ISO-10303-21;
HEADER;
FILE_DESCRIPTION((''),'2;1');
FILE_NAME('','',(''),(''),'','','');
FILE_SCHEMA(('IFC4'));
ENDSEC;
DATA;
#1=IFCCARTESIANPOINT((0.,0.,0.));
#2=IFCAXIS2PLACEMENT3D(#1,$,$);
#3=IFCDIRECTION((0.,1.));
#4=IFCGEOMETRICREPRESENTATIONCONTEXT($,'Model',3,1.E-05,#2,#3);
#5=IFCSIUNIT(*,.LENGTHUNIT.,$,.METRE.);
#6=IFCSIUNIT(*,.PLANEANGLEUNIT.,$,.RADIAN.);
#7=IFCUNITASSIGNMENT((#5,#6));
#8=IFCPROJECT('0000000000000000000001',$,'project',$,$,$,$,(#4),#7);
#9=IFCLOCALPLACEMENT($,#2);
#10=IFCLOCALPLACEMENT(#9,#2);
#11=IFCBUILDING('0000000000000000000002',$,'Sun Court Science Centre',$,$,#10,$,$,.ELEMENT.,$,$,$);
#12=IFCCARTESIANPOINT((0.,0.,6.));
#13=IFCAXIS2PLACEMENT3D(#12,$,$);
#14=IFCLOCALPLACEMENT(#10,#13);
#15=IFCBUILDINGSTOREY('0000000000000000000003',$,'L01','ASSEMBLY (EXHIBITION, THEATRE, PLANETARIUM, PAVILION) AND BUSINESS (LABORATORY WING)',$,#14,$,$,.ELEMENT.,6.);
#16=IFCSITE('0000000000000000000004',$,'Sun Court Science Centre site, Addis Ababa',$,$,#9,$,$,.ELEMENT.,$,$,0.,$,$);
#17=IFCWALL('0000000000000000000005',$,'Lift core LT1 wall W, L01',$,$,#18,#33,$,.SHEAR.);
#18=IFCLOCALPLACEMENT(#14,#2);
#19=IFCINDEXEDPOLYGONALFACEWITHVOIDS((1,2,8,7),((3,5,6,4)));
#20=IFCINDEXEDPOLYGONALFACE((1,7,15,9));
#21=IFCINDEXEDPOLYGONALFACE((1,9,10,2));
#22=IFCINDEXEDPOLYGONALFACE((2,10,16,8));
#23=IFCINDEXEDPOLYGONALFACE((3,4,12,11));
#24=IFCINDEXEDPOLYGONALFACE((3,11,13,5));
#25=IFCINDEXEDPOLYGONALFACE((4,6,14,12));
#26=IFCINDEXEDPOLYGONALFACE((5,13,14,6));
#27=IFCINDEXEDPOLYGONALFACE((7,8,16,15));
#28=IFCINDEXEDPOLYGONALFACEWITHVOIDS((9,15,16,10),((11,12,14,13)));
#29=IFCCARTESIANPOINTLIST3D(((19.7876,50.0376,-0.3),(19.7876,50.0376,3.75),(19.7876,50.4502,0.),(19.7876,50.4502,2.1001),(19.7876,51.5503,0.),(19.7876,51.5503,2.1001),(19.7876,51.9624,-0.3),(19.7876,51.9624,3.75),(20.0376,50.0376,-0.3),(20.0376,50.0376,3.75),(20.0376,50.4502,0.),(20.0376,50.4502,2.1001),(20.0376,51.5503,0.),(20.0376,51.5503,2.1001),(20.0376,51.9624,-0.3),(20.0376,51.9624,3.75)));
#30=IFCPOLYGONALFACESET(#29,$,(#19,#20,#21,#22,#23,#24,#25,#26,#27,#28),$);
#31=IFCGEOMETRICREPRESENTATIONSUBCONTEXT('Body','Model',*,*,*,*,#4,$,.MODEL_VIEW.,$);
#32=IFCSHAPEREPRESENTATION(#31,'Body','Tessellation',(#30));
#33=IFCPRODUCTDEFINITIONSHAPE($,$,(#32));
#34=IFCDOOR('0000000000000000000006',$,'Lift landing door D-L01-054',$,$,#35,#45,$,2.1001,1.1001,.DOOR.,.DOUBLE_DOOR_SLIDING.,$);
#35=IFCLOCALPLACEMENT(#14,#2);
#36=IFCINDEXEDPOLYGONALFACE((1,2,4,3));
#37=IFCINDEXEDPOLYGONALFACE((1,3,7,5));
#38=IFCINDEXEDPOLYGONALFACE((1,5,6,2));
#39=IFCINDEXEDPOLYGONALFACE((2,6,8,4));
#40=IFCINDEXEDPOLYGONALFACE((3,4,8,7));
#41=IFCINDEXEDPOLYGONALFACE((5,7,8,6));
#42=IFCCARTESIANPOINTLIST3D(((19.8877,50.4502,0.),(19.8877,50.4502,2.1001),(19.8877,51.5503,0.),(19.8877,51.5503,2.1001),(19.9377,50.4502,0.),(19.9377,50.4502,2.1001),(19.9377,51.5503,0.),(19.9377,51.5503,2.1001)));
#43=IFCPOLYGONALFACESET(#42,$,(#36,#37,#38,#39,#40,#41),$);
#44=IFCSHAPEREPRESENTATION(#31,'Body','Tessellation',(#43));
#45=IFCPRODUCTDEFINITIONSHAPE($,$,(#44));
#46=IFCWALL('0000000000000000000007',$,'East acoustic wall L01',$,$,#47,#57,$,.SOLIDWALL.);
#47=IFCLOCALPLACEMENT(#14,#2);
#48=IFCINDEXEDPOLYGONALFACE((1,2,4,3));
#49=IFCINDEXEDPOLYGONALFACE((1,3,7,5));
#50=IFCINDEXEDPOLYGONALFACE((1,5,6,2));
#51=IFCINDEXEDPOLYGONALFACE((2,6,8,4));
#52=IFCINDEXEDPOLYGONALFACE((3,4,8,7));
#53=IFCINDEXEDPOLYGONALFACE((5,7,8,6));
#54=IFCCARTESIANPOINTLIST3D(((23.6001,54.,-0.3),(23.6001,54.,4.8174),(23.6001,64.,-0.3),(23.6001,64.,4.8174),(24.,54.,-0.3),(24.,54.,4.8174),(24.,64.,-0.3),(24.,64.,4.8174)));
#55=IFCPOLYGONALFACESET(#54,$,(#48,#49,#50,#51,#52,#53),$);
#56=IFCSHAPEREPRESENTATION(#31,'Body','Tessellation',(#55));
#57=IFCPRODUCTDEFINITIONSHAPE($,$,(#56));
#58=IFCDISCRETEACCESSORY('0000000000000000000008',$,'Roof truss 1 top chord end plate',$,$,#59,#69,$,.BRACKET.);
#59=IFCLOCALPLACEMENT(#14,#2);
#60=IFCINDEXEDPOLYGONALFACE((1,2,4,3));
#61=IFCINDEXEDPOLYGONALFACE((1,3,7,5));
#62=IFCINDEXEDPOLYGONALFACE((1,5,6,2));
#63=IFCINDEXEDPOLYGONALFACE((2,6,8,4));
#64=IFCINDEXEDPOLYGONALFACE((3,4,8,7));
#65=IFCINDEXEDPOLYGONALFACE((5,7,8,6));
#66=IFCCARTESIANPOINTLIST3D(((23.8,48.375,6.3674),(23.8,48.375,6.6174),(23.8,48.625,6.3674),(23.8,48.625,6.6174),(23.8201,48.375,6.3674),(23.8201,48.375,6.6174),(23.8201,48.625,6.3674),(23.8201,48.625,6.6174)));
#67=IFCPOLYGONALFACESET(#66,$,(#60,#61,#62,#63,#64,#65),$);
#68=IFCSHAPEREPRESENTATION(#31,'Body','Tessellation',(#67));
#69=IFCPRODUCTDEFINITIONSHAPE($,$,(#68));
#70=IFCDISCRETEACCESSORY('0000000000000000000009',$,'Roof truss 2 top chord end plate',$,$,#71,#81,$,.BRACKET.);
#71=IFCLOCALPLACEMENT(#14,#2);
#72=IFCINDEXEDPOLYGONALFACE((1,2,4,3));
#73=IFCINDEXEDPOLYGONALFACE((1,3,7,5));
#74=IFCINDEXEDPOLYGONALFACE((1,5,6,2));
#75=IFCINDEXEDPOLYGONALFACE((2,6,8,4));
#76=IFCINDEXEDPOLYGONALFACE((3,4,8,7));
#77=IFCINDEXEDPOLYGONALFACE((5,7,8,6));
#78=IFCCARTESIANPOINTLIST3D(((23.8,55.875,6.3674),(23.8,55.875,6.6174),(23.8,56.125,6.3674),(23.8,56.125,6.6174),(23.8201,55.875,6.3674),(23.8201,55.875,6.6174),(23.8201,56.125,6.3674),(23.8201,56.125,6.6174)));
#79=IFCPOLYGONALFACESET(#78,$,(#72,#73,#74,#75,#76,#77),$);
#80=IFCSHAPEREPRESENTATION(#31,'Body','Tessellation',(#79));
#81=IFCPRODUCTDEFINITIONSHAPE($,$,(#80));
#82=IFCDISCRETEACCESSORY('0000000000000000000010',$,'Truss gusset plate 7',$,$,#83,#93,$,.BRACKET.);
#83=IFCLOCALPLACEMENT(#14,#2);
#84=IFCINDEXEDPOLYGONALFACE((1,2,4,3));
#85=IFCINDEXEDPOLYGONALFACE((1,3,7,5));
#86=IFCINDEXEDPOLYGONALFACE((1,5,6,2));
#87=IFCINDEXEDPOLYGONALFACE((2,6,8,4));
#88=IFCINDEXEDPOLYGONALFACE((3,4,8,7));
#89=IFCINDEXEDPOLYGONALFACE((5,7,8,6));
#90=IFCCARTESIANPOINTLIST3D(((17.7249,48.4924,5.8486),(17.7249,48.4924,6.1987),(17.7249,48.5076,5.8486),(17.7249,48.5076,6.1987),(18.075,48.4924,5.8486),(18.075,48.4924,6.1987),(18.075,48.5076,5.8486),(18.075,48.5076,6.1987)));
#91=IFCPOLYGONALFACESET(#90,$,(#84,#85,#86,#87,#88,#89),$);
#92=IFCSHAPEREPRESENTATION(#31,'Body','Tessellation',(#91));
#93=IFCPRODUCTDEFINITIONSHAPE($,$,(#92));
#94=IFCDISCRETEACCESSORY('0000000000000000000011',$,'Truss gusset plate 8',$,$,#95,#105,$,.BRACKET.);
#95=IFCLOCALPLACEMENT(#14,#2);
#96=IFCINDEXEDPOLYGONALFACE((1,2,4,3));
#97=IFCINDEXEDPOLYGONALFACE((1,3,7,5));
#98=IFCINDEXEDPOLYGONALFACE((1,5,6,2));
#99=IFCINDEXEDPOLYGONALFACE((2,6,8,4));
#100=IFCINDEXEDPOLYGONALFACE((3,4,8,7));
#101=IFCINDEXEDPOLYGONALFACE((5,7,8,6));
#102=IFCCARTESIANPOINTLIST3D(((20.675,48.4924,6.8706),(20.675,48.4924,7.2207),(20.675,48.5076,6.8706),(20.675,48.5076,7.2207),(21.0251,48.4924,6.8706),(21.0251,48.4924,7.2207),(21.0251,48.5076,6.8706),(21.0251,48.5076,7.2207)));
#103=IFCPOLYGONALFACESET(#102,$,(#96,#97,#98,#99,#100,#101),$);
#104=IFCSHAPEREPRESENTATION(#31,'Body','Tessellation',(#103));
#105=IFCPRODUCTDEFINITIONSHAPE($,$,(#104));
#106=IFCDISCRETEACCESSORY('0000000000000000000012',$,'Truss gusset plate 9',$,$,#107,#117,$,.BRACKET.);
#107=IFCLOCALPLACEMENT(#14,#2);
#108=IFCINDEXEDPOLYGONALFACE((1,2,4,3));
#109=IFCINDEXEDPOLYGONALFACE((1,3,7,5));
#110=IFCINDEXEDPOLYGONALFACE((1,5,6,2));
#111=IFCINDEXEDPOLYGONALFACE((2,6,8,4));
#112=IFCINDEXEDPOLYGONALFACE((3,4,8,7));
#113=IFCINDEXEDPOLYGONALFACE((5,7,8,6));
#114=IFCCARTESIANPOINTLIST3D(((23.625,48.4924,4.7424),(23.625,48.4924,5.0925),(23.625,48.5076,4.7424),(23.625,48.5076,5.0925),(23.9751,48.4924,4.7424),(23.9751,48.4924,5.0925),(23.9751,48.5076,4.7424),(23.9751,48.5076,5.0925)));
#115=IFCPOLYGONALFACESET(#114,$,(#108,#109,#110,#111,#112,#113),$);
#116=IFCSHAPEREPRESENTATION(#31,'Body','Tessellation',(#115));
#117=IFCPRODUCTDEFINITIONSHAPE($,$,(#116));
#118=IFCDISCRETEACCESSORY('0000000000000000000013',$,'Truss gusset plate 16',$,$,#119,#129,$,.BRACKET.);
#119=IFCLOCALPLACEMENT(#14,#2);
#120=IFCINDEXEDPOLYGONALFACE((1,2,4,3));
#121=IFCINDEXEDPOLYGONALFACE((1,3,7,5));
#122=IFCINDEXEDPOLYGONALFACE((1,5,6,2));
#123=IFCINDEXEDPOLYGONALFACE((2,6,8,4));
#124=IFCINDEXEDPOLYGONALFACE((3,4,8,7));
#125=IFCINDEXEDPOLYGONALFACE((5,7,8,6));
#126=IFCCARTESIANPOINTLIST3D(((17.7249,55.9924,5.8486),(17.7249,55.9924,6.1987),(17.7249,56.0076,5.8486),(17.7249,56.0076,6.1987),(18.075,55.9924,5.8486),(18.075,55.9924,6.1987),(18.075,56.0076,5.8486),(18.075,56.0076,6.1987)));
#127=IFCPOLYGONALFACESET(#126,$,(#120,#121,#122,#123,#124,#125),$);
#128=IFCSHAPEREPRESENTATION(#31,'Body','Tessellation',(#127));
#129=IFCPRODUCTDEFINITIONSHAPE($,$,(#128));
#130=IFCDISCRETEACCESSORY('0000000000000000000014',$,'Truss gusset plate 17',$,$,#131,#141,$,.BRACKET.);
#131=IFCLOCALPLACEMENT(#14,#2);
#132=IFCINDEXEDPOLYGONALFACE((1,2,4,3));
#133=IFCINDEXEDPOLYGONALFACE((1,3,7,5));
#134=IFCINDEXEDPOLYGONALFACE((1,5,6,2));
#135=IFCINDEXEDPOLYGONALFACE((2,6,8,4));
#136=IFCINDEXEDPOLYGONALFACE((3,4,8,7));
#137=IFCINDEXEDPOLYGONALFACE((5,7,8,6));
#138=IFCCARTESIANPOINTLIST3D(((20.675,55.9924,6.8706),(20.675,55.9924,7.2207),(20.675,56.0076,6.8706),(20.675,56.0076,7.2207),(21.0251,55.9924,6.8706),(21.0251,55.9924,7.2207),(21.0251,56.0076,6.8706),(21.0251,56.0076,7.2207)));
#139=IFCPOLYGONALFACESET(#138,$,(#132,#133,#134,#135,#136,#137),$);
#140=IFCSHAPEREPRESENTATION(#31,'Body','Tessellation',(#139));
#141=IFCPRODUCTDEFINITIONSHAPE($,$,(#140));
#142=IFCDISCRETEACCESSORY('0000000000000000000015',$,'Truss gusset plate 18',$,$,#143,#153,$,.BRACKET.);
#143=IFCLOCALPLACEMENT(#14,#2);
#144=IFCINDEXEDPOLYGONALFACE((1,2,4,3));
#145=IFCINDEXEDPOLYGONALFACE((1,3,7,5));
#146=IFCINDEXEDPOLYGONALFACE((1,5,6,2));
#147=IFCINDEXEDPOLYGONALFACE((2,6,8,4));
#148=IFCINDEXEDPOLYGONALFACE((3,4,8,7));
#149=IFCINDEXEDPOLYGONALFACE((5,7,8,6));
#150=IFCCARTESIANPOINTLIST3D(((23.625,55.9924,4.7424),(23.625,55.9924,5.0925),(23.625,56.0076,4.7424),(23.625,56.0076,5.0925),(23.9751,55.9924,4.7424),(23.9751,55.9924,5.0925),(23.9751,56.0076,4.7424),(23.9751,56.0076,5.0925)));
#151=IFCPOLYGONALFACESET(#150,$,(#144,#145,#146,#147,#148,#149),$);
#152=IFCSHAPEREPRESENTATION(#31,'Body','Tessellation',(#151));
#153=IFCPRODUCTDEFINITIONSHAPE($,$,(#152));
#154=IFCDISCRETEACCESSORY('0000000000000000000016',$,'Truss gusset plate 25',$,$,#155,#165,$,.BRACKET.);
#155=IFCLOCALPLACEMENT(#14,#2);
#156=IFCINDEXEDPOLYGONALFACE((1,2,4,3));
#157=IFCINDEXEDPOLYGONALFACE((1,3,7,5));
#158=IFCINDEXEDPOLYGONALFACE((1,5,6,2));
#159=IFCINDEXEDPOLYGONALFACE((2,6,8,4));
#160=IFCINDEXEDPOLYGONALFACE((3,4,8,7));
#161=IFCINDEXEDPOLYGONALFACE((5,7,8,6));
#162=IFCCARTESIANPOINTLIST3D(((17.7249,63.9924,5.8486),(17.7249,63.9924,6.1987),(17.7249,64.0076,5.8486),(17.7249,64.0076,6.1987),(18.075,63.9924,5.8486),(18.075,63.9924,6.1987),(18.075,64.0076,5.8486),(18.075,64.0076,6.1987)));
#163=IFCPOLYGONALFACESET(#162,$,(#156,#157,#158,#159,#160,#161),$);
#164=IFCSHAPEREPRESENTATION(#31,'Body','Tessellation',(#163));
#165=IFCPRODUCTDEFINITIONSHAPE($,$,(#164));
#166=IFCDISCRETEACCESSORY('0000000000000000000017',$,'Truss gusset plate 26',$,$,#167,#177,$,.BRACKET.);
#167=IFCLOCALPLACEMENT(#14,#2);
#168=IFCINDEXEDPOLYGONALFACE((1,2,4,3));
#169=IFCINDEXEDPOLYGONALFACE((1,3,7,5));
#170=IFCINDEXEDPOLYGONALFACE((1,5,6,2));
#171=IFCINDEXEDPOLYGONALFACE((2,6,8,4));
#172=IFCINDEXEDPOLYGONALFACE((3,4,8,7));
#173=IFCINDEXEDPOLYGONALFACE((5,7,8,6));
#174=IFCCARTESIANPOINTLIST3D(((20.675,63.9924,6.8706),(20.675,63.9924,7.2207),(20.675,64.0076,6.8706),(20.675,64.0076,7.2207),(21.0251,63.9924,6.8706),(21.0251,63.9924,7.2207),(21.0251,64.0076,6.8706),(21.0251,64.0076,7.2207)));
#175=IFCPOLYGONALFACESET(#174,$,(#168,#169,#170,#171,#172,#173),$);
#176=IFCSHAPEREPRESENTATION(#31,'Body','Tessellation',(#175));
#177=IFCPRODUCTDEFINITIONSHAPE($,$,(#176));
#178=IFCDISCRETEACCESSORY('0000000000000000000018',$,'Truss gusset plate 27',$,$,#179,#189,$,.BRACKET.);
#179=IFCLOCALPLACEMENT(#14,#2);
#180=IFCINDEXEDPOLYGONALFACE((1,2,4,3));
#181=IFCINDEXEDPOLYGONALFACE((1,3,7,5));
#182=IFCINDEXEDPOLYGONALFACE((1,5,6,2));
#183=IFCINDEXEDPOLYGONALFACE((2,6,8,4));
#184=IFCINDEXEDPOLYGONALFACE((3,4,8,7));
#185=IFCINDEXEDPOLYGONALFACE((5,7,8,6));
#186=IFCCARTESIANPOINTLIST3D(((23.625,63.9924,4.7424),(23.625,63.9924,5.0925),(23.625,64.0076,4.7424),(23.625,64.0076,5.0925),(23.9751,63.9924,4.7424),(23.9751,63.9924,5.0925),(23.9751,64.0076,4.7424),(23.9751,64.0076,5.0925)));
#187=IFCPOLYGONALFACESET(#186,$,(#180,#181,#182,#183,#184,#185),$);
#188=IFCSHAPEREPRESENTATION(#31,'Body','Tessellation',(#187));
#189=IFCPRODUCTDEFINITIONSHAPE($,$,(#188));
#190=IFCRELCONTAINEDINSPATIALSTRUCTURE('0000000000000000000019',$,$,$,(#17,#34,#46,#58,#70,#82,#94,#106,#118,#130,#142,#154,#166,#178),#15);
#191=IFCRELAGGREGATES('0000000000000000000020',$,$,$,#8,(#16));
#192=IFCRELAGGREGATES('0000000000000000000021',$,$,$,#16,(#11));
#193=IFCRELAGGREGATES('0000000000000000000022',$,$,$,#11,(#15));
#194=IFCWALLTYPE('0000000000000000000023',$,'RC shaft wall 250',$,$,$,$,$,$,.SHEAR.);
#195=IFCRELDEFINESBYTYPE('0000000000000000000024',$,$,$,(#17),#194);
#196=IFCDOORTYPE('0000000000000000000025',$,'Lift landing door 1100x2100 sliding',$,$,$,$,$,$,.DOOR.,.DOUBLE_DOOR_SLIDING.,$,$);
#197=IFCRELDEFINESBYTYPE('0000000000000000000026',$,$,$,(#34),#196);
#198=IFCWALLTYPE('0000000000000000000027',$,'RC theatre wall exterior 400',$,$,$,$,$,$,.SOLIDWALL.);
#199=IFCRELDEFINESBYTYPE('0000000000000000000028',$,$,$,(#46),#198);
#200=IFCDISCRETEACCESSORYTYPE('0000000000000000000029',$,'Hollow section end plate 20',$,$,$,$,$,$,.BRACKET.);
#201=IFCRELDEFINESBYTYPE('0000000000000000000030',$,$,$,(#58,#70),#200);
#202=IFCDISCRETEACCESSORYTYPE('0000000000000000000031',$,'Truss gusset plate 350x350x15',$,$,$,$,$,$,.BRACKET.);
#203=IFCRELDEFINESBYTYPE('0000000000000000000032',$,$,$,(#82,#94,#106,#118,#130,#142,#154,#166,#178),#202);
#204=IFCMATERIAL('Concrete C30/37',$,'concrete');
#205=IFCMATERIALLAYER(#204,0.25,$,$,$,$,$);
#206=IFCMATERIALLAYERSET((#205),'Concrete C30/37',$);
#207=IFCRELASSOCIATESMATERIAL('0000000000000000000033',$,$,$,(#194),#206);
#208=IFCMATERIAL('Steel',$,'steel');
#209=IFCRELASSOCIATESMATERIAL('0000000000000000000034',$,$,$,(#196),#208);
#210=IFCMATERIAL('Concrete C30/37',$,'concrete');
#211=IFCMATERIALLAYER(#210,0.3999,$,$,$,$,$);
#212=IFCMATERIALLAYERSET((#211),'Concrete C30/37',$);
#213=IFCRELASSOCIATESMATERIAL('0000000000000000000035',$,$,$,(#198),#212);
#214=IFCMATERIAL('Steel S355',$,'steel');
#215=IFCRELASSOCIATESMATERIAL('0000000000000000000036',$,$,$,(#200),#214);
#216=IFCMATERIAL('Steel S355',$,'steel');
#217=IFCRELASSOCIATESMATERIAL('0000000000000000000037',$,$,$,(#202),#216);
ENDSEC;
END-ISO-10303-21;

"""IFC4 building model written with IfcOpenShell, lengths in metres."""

from ifc_helpers import new_model, si_unit, direction, frame, frame_2d, origin, origin_2d, place, context, subcontext, project, spatial, rectangle, extrude, material, layer, layer_set, material_profile, profile_set, type_object, element, fill, save


model = new_model("IFC4")

# Units and contexts
model_context = context("Model", 3, precision=1e-05, world=origin(), true_north=direction((0.0, 1.0)))
body_context = subcontext(model_context, "Body", "Model", "MODEL_VIEW")
ifc_project = project(units=[si_unit("LENGTHUNIT", "METRE"), si_unit("PLANEANGLEUNIT", "RADIAN")], contexts=[model_context])

# Site, building, storey
site_placement = place(None, origin())
site = spatial("IfcSite", under=ifc_project, at=site_placement, Name="Sun Court Science Centre site, Addis Ababa", CompositionType="ELEMENT", RefElevation=0.0)
building_placement = place(site_placement, origin())
building = spatial("IfcBuilding", under=site, at=building_placement, Name="Sun Court Science Centre", CompositionType="ELEMENT")
storey_placement = place(building_placement, frame((0.0, 0.0, 6.0)))
storey = spatial("IfcBuildingStorey", under=building, at=storey_placement, Name="L01", Description="ASSEMBLY (EXHIBITION, THEATRE, PLANETARIUM, PAVILION) AND BUSINESS (LABORATORY WING)", CompositionType="ELEMENT", Elevation=6.0)

# Shared definitions
ifc_material_1 = material(Name="Concrete C30/37", Category="concrete")
ifc_layer_1 = layer(ifc_material_1, 0.25)
ifc_layer_set_1 = layer_set([ifc_layer_1], Name="Concrete C30/37")
wall_type_1 = type_object("IfcWallType", Name="RC shaft wall 250", PredefinedType="SHEAR", material=ifc_layer_set_1)

# Wall, opening, door
wall_1_placement = place(storey_placement, frame((19.9126, 50.0376, -0.3), z_axis=(0.0, 0.0, 1.0), x_axis=(0.0, 1.0, 0.0)))
wall_1 = element("IfcWall", 1, at=wall_1_placement, inside=storey, type_object=wall_type_1, Name="Lift core LT1 wall W, L01", PredefinedType="SHEAR", context=body_context, shape_type="SweptSolid", body=[
    extrude(rectangle(XDim=1.9248, YDim=0.25, at=frame_2d((0.9624, 0.0))), origin(), (0.0, 0.0, 1.0), 4.05),
])
opening_placement = place(wall_1_placement, frame((0.4126, 0.0, 0.3)))
opening = element("IfcOpeningElement", 2, at=opening_placement, cuts=wall_1, PredefinedType="OPENING", context=body_context, shape_type="SweptSolid", body=[
    extrude(rectangle(XDim=1.1001, YDim=2.1001, at=frame_2d((0.55, 1.05))), frame((0.0, 0.135, 0.0), z_axis=(0.0, -1.0, 0.0), x_axis=(1.0, 0.0, 0.0)), (0.0, 0.0, 1.0), 0.27),
])
ifc_material_2 = material(Name="Steel", Category="steel")
door_type = type_object("IfcDoorType", Name="Lift landing door 1100x2100 sliding", OperationType="DOUBLE_DOOR_SLIDING", PredefinedType="DOOR", material=ifc_material_2)
door_placement = place(opening_placement, origin())
door = element("IfcDoor", 3, at=door_placement, inside=storey, type_object=door_type, Name="Lift landing door D-L01-054", OperationType="DOUBLE_DOOR_SLIDING", OverallHeight=2.1001, OverallWidth=1.1001, PredefinedType="DOOR", context=body_context, shape_type="SweptSolid", body=[
    extrude(rectangle(XDim=1.1001, YDim=2.1001, at=frame_2d((0.55, 1.05))), frame((0.0, 0.0249, 0.0), z_axis=(0.0, -1.0, 0.0), x_axis=(1.0, 0.0, 0.0)), (0.0, 0.0, 1.0), 0.05),
])
fill(opening, door)

# Wall
ifc_material_3 = material(Name="Concrete C30/37", Category="concrete")
ifc_layer_2 = layer(ifc_material_3, 0.3999)
ifc_layer_set_2 = layer_set([ifc_layer_2], Name="Concrete C30/37")
wall_type_2 = type_object("IfcWallType", Name="RC theatre wall exterior 400", PredefinedType="SOLIDWALL", material=ifc_layer_set_2)
wall_2_placement = place(storey_placement, frame((23.8, 54.0, -0.3), z_axis=(0.0, 0.0, 1.0), x_axis=(0.0, 1.0, 0.0)))
element("IfcWall", 4, at=wall_2_placement, inside=storey, type_object=wall_type_2, Name="East acoustic wall L01", PredefinedType="SOLIDWALL", context=body_context, shape_type="SweptSolid", body=[
    extrude(rectangle(XDim=10.0, YDim=0.3999, at=frame_2d((5.0, 0.0))), origin(), (0.0, 0.0, 1.0), 5.1174),
])

# Discrete accessories
ifc_material_4 = material(Name="Steel S355", Category="steel")
discrete_accessory_type_1 = type_object("IfcDiscreteAccessoryType", Name="Hollow section end plate 20", PredefinedType="BRACKET", material=ifc_material_4)
for number, where, z_axis, x_axis, name in (
    (5, (23.8101, 48.5, 6.3674), (0.0, 0.0, 1.0), (1.0, 0.0, 0.0), "Roof truss 1 top chord end plate"),
    (6, (23.8101, 56.0, 6.3674), (0.0, 0.0, 1.0), (1.0, 0.0, 0.0), "Roof truss 2 top chord end plate"),
):
    element("IfcDiscreteAccessory", number, at=place(storey_placement, frame(where, z_axis=z_axis, x_axis=x_axis)), inside=storey, type_object=discrete_accessory_type_1, Name=name, PredefinedType="BRACKET", context=body_context, shape_type="SweptSolid", body=[
        extrude(rectangle(XDim=0.02, YDim=0.25, at=origin_2d()), origin(), (0.0, 0.0, 1.0), 0.25),
    ])
ifc_material_5 = material(Name="Steel S355", Category="steel")
ifc_material_profile_1 = material_profile(ifc_material_5, rectangle(XDim=0.3501, YDim=0.3501, at=origin_2d()), Name="PL 350x350")
ifc_profile_set_1 = profile_set([ifc_material_profile_1], Name="Steel S355")
discrete_accessory_type_2 = type_object("IfcDiscreteAccessoryType", Name="Truss gusset plate 350x350x15", PredefinedType="BRACKET", material=ifc_profile_set_1)
for number, where, z_axis, x_axis, name in (
    (7, (17.8999, 48.4924, 6.0237), (0.0, 1.0, 0.0), (-1.0, 0.0, 0.0), "Truss gusset plate 7"),
    (8, (20.8501, 48.4924, 7.0457), (0.0, 1.0, 0.0), (-1.0, 0.0, 0.0), "Truss gusset plate 8"),
    (9, (23.8, 48.4924, 4.9175), (0.0, 1.0, 0.0), (-1.0, 0.0, 0.0), "Truss gusset plate 9"),
    (10, (17.8999, 55.9924, 6.0237), (0.0, 1.0, 0.0), (-1.0, 0.0, 0.0), "Truss gusset plate 16"),
    (11, (20.8501, 55.9924, 7.0457), (0.0, 1.0, 0.0), (-1.0, 0.0, 0.0), "Truss gusset plate 17"),
    (12, (23.8, 55.9924, 4.9175), (0.0, 1.0, 0.0), (-1.0, 0.0, 0.0), "Truss gusset plate 18"),
    (13, (17.8999, 63.9924, 6.0237), (0.0, 1.0, 0.0), (-1.0, 0.0, 0.0), "Truss gusset plate 25"),
    (14, (20.8501, 63.9924, 7.0457), (0.0, 1.0, 0.0), (-1.0, 0.0, 0.0), "Truss gusset plate 26"),
    (15, (23.8, 63.9924, 4.9175), (0.0, 1.0, 0.0), (-1.0, 0.0, 0.0), "Truss gusset plate 27"),
):
    element("IfcDiscreteAccessory", number, at=place(storey_placement, frame(where, z_axis=z_axis, x_axis=x_axis)), inside=storey, type_object=discrete_accessory_type_2, Name=name, PredefinedType="BRACKET", context=body_context, shape_type="SweptSolid", body=[
        extrude(rectangle(XDim=0.3501, YDim=0.3501, at=origin_2d()), origin(), (0.0, 0.0, 1.0), 0.0151),
    ])

save(model, "model.ifc")
